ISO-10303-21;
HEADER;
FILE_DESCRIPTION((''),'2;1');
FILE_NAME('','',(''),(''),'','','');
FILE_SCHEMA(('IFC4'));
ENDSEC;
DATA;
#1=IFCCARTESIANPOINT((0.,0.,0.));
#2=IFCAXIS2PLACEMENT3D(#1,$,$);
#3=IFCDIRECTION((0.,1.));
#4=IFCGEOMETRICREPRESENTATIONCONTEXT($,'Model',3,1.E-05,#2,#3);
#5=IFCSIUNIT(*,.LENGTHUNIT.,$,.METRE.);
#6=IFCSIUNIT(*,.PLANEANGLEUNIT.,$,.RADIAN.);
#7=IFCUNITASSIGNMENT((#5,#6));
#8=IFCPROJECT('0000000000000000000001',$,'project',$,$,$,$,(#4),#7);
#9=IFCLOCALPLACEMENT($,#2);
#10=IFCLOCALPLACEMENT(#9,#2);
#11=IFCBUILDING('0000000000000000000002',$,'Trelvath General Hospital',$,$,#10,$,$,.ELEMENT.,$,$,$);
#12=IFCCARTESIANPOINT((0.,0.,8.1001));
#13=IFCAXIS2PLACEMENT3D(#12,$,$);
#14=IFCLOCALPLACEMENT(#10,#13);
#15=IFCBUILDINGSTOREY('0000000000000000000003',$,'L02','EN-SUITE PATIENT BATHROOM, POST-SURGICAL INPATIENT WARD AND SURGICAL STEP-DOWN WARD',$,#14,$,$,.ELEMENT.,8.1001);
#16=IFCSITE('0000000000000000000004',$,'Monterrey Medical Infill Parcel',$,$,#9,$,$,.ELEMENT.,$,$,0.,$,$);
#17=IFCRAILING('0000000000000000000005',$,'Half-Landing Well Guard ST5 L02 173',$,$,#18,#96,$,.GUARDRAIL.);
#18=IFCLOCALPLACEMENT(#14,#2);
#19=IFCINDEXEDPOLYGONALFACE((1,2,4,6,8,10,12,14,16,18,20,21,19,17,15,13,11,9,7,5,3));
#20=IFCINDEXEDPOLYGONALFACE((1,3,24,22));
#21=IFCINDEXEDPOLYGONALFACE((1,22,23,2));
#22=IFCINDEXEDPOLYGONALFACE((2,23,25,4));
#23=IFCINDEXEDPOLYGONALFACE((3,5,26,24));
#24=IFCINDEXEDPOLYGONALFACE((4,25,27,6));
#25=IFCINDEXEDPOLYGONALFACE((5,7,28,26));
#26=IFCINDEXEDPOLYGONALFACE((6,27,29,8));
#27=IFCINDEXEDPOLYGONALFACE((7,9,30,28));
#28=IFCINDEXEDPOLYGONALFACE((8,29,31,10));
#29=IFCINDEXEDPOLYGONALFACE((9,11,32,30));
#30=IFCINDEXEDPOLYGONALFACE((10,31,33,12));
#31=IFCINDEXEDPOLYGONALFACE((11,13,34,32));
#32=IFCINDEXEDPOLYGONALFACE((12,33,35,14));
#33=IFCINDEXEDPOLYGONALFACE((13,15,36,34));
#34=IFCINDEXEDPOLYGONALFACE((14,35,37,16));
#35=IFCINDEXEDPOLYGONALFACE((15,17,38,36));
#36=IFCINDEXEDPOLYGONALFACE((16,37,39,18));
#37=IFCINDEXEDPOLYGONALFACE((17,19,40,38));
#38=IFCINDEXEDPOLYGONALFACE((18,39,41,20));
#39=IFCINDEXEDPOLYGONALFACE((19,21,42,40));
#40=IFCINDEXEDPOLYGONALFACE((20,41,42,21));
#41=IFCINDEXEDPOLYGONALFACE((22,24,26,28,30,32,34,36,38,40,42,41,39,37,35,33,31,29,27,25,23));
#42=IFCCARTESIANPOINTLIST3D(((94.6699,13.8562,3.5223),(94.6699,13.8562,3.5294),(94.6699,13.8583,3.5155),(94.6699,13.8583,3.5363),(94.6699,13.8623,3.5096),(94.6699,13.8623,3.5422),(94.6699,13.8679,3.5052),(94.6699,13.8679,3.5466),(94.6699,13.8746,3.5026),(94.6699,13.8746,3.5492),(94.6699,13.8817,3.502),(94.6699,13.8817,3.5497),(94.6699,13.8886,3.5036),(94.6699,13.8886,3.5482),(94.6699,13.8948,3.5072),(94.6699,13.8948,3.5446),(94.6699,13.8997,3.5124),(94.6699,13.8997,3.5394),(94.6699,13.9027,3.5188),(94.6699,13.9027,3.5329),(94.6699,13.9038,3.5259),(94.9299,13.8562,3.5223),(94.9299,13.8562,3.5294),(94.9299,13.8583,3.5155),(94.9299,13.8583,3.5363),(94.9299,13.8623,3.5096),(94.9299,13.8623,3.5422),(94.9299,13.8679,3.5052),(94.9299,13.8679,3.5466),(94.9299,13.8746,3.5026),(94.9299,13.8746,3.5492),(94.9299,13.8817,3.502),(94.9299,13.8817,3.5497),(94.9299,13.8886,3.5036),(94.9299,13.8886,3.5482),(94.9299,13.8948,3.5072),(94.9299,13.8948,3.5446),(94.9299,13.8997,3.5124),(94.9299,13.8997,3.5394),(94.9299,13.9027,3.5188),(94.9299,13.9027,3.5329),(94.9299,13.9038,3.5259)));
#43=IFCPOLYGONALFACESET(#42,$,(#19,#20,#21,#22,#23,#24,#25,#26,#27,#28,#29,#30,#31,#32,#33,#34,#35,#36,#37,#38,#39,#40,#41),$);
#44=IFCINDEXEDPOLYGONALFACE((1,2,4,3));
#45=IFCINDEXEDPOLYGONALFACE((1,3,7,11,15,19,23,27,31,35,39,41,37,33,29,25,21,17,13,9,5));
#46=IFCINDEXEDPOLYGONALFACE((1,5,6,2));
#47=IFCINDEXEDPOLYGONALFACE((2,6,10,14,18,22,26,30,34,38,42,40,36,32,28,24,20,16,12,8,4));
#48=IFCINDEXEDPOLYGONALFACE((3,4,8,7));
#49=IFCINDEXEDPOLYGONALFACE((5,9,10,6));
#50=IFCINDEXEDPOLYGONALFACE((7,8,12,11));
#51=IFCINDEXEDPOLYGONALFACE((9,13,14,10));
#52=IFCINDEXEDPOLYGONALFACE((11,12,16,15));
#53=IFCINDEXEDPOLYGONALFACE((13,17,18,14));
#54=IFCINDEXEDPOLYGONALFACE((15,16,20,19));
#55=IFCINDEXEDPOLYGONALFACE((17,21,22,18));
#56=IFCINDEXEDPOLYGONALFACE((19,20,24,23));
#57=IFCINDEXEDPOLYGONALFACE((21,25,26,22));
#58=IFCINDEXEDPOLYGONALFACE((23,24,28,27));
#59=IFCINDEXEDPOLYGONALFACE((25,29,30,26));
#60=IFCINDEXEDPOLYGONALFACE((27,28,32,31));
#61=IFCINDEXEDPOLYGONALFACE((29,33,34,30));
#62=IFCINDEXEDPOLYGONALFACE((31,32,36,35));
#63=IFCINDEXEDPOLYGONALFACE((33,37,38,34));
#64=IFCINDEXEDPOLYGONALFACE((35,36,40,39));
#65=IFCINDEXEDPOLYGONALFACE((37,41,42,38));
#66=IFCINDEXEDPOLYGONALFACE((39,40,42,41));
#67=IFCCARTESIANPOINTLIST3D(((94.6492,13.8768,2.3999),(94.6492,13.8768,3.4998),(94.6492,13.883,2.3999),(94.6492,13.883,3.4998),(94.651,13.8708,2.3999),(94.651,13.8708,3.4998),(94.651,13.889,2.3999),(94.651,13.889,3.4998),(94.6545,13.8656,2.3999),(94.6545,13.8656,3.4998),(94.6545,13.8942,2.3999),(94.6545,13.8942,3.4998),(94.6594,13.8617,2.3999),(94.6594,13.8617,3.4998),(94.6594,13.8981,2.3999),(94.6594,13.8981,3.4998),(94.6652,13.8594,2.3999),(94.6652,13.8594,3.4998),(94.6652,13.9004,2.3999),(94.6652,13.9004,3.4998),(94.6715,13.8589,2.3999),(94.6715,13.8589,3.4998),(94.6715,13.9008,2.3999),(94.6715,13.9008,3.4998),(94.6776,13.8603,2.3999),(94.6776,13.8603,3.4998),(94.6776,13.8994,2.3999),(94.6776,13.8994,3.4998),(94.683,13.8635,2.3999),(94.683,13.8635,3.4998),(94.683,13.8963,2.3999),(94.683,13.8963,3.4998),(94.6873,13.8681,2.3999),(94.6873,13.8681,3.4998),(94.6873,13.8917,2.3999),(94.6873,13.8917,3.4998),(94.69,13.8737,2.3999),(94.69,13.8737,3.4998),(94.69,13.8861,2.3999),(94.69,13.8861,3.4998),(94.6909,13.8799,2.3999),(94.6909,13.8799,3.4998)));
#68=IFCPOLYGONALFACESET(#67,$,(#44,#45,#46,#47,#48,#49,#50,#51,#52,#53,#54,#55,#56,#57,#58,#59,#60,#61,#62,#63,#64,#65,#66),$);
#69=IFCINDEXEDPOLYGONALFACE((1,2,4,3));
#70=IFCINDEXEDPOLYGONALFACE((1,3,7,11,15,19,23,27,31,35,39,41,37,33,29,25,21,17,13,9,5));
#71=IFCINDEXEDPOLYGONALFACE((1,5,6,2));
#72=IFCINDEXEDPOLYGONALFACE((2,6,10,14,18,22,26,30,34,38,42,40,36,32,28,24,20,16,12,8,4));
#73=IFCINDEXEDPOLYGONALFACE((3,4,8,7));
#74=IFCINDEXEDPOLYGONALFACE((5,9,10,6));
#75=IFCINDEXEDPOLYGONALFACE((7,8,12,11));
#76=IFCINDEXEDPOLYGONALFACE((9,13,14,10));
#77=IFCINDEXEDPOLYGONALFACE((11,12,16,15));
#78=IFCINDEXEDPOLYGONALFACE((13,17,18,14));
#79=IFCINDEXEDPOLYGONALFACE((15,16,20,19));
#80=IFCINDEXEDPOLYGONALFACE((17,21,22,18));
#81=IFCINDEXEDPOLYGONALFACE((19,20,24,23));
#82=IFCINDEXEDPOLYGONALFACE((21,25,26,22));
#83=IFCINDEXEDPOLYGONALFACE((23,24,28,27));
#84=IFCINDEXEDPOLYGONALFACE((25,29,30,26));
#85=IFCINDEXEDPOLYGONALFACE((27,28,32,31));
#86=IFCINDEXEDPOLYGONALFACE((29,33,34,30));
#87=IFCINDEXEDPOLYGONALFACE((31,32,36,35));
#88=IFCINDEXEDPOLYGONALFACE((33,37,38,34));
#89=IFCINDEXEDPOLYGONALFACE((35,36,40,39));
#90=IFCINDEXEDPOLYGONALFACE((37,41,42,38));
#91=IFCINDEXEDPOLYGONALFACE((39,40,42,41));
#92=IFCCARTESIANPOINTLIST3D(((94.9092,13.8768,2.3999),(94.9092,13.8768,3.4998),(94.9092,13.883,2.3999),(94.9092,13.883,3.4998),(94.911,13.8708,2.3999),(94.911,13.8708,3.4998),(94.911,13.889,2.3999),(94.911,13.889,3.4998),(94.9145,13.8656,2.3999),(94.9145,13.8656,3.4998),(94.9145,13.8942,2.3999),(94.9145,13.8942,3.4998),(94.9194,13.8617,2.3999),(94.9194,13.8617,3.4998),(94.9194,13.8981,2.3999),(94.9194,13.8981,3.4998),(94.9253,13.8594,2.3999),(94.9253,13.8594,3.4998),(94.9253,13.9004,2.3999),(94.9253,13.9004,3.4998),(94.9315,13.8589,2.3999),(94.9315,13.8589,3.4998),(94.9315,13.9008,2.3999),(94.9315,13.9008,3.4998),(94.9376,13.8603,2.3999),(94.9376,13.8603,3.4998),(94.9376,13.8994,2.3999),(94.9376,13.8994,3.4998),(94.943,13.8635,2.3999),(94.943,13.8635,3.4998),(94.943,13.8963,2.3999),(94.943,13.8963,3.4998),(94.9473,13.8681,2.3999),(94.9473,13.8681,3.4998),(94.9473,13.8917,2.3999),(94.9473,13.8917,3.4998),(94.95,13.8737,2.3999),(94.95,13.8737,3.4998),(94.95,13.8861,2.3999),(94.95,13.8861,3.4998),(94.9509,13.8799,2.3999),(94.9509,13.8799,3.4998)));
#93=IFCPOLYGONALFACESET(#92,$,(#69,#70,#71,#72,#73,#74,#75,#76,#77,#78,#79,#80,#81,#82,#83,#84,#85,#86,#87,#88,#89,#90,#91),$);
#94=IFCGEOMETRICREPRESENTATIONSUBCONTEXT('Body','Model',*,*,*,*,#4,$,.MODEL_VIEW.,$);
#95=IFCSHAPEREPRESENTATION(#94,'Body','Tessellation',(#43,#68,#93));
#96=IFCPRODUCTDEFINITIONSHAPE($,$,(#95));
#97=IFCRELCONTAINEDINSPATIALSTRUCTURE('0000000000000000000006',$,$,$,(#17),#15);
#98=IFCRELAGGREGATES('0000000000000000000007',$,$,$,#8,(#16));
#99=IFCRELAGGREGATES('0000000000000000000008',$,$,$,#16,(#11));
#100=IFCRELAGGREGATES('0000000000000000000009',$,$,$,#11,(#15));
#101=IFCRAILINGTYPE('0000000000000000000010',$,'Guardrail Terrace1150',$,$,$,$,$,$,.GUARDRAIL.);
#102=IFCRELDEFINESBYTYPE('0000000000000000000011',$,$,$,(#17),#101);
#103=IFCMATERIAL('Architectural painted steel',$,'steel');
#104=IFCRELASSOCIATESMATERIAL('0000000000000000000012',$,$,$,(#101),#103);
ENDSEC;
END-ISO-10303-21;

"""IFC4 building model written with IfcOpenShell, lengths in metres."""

from ifc_helpers import new_model, si_unit, direction, frame, origin, origin_2d, place, context, subcontext, project, spatial, circle, extrude, material, type_object, element, save


model = new_model("IFC4")

# Units and contexts
model_context = context("Model", 3, precision=1e-05, world=origin(), true_north=direction((0.0, 1.0)))
body_context = subcontext(model_context, "Body", "Model", "MODEL_VIEW")
ifc_project = project(units=[si_unit("LENGTHUNIT", "METRE"), si_unit("PLANEANGLEUNIT", "RADIAN")], contexts=[model_context])

# Site, building, storey
site_placement = place(None, origin())
site = spatial("IfcSite", under=ifc_project, at=site_placement, Name="Monterrey Medical Infill Parcel", CompositionType="ELEMENT", RefElevation=0.0)
building_placement = place(site_placement, origin())
building = spatial("IfcBuilding", under=site, at=building_placement, Name="Trelvath General Hospital", CompositionType="ELEMENT")
storey_placement = place(building_placement, frame((0.0, 0.0, 8.1001)))
storey = spatial("IfcBuildingStorey", under=building, at=storey_placement, Name="L02", Description="EN-SUITE PATIENT BATHROOM, POST-SURGICAL INPATIENT WARD AND SURGICAL STEP-DOWN WARD", CompositionType="ELEMENT", Elevation=8.1001)

# Railing
ifc_material_1 = material(Name="Architectural painted steel", Category="steel")
railing_type_1 = type_object("IfcRailingType", Name="Guardrail Terrace1150", PredefinedType="GUARDRAIL", material=ifc_material_1)
railing_1_placement = place(storey_placement, frame((94.6699, 13.8799, 2.3999)))
element("IfcRailing", 1, at=railing_1_placement, inside=storey, type_object=railing_type_1, Name="Half-Landing Well Guard ST5 L02 173", PredefinedType="GUARDRAIL", context=body_context, shape_type="SweptSolid", body=[
    extrude(circle(Radius=0.0239, at=origin_2d()), frame((0.0, 0.0, 1.126), z_axis=(1.0, 0.0, 0.0), x_axis=(0.0, 1.0, 0.0)), (0.0, 0.0, 1.0), 0.26),
    extrude(circle(Radius=0.021, at=origin_2d()), origin(), (0.0, 0.0, 1.0), 1.0999),
    extrude(circle(Radius=0.021, at=origin_2d()), frame((0.26, 0.0, 0.0)), (0.0, 0.0, 1.0), 1.0999),
])

save(model, "model.ifc")
